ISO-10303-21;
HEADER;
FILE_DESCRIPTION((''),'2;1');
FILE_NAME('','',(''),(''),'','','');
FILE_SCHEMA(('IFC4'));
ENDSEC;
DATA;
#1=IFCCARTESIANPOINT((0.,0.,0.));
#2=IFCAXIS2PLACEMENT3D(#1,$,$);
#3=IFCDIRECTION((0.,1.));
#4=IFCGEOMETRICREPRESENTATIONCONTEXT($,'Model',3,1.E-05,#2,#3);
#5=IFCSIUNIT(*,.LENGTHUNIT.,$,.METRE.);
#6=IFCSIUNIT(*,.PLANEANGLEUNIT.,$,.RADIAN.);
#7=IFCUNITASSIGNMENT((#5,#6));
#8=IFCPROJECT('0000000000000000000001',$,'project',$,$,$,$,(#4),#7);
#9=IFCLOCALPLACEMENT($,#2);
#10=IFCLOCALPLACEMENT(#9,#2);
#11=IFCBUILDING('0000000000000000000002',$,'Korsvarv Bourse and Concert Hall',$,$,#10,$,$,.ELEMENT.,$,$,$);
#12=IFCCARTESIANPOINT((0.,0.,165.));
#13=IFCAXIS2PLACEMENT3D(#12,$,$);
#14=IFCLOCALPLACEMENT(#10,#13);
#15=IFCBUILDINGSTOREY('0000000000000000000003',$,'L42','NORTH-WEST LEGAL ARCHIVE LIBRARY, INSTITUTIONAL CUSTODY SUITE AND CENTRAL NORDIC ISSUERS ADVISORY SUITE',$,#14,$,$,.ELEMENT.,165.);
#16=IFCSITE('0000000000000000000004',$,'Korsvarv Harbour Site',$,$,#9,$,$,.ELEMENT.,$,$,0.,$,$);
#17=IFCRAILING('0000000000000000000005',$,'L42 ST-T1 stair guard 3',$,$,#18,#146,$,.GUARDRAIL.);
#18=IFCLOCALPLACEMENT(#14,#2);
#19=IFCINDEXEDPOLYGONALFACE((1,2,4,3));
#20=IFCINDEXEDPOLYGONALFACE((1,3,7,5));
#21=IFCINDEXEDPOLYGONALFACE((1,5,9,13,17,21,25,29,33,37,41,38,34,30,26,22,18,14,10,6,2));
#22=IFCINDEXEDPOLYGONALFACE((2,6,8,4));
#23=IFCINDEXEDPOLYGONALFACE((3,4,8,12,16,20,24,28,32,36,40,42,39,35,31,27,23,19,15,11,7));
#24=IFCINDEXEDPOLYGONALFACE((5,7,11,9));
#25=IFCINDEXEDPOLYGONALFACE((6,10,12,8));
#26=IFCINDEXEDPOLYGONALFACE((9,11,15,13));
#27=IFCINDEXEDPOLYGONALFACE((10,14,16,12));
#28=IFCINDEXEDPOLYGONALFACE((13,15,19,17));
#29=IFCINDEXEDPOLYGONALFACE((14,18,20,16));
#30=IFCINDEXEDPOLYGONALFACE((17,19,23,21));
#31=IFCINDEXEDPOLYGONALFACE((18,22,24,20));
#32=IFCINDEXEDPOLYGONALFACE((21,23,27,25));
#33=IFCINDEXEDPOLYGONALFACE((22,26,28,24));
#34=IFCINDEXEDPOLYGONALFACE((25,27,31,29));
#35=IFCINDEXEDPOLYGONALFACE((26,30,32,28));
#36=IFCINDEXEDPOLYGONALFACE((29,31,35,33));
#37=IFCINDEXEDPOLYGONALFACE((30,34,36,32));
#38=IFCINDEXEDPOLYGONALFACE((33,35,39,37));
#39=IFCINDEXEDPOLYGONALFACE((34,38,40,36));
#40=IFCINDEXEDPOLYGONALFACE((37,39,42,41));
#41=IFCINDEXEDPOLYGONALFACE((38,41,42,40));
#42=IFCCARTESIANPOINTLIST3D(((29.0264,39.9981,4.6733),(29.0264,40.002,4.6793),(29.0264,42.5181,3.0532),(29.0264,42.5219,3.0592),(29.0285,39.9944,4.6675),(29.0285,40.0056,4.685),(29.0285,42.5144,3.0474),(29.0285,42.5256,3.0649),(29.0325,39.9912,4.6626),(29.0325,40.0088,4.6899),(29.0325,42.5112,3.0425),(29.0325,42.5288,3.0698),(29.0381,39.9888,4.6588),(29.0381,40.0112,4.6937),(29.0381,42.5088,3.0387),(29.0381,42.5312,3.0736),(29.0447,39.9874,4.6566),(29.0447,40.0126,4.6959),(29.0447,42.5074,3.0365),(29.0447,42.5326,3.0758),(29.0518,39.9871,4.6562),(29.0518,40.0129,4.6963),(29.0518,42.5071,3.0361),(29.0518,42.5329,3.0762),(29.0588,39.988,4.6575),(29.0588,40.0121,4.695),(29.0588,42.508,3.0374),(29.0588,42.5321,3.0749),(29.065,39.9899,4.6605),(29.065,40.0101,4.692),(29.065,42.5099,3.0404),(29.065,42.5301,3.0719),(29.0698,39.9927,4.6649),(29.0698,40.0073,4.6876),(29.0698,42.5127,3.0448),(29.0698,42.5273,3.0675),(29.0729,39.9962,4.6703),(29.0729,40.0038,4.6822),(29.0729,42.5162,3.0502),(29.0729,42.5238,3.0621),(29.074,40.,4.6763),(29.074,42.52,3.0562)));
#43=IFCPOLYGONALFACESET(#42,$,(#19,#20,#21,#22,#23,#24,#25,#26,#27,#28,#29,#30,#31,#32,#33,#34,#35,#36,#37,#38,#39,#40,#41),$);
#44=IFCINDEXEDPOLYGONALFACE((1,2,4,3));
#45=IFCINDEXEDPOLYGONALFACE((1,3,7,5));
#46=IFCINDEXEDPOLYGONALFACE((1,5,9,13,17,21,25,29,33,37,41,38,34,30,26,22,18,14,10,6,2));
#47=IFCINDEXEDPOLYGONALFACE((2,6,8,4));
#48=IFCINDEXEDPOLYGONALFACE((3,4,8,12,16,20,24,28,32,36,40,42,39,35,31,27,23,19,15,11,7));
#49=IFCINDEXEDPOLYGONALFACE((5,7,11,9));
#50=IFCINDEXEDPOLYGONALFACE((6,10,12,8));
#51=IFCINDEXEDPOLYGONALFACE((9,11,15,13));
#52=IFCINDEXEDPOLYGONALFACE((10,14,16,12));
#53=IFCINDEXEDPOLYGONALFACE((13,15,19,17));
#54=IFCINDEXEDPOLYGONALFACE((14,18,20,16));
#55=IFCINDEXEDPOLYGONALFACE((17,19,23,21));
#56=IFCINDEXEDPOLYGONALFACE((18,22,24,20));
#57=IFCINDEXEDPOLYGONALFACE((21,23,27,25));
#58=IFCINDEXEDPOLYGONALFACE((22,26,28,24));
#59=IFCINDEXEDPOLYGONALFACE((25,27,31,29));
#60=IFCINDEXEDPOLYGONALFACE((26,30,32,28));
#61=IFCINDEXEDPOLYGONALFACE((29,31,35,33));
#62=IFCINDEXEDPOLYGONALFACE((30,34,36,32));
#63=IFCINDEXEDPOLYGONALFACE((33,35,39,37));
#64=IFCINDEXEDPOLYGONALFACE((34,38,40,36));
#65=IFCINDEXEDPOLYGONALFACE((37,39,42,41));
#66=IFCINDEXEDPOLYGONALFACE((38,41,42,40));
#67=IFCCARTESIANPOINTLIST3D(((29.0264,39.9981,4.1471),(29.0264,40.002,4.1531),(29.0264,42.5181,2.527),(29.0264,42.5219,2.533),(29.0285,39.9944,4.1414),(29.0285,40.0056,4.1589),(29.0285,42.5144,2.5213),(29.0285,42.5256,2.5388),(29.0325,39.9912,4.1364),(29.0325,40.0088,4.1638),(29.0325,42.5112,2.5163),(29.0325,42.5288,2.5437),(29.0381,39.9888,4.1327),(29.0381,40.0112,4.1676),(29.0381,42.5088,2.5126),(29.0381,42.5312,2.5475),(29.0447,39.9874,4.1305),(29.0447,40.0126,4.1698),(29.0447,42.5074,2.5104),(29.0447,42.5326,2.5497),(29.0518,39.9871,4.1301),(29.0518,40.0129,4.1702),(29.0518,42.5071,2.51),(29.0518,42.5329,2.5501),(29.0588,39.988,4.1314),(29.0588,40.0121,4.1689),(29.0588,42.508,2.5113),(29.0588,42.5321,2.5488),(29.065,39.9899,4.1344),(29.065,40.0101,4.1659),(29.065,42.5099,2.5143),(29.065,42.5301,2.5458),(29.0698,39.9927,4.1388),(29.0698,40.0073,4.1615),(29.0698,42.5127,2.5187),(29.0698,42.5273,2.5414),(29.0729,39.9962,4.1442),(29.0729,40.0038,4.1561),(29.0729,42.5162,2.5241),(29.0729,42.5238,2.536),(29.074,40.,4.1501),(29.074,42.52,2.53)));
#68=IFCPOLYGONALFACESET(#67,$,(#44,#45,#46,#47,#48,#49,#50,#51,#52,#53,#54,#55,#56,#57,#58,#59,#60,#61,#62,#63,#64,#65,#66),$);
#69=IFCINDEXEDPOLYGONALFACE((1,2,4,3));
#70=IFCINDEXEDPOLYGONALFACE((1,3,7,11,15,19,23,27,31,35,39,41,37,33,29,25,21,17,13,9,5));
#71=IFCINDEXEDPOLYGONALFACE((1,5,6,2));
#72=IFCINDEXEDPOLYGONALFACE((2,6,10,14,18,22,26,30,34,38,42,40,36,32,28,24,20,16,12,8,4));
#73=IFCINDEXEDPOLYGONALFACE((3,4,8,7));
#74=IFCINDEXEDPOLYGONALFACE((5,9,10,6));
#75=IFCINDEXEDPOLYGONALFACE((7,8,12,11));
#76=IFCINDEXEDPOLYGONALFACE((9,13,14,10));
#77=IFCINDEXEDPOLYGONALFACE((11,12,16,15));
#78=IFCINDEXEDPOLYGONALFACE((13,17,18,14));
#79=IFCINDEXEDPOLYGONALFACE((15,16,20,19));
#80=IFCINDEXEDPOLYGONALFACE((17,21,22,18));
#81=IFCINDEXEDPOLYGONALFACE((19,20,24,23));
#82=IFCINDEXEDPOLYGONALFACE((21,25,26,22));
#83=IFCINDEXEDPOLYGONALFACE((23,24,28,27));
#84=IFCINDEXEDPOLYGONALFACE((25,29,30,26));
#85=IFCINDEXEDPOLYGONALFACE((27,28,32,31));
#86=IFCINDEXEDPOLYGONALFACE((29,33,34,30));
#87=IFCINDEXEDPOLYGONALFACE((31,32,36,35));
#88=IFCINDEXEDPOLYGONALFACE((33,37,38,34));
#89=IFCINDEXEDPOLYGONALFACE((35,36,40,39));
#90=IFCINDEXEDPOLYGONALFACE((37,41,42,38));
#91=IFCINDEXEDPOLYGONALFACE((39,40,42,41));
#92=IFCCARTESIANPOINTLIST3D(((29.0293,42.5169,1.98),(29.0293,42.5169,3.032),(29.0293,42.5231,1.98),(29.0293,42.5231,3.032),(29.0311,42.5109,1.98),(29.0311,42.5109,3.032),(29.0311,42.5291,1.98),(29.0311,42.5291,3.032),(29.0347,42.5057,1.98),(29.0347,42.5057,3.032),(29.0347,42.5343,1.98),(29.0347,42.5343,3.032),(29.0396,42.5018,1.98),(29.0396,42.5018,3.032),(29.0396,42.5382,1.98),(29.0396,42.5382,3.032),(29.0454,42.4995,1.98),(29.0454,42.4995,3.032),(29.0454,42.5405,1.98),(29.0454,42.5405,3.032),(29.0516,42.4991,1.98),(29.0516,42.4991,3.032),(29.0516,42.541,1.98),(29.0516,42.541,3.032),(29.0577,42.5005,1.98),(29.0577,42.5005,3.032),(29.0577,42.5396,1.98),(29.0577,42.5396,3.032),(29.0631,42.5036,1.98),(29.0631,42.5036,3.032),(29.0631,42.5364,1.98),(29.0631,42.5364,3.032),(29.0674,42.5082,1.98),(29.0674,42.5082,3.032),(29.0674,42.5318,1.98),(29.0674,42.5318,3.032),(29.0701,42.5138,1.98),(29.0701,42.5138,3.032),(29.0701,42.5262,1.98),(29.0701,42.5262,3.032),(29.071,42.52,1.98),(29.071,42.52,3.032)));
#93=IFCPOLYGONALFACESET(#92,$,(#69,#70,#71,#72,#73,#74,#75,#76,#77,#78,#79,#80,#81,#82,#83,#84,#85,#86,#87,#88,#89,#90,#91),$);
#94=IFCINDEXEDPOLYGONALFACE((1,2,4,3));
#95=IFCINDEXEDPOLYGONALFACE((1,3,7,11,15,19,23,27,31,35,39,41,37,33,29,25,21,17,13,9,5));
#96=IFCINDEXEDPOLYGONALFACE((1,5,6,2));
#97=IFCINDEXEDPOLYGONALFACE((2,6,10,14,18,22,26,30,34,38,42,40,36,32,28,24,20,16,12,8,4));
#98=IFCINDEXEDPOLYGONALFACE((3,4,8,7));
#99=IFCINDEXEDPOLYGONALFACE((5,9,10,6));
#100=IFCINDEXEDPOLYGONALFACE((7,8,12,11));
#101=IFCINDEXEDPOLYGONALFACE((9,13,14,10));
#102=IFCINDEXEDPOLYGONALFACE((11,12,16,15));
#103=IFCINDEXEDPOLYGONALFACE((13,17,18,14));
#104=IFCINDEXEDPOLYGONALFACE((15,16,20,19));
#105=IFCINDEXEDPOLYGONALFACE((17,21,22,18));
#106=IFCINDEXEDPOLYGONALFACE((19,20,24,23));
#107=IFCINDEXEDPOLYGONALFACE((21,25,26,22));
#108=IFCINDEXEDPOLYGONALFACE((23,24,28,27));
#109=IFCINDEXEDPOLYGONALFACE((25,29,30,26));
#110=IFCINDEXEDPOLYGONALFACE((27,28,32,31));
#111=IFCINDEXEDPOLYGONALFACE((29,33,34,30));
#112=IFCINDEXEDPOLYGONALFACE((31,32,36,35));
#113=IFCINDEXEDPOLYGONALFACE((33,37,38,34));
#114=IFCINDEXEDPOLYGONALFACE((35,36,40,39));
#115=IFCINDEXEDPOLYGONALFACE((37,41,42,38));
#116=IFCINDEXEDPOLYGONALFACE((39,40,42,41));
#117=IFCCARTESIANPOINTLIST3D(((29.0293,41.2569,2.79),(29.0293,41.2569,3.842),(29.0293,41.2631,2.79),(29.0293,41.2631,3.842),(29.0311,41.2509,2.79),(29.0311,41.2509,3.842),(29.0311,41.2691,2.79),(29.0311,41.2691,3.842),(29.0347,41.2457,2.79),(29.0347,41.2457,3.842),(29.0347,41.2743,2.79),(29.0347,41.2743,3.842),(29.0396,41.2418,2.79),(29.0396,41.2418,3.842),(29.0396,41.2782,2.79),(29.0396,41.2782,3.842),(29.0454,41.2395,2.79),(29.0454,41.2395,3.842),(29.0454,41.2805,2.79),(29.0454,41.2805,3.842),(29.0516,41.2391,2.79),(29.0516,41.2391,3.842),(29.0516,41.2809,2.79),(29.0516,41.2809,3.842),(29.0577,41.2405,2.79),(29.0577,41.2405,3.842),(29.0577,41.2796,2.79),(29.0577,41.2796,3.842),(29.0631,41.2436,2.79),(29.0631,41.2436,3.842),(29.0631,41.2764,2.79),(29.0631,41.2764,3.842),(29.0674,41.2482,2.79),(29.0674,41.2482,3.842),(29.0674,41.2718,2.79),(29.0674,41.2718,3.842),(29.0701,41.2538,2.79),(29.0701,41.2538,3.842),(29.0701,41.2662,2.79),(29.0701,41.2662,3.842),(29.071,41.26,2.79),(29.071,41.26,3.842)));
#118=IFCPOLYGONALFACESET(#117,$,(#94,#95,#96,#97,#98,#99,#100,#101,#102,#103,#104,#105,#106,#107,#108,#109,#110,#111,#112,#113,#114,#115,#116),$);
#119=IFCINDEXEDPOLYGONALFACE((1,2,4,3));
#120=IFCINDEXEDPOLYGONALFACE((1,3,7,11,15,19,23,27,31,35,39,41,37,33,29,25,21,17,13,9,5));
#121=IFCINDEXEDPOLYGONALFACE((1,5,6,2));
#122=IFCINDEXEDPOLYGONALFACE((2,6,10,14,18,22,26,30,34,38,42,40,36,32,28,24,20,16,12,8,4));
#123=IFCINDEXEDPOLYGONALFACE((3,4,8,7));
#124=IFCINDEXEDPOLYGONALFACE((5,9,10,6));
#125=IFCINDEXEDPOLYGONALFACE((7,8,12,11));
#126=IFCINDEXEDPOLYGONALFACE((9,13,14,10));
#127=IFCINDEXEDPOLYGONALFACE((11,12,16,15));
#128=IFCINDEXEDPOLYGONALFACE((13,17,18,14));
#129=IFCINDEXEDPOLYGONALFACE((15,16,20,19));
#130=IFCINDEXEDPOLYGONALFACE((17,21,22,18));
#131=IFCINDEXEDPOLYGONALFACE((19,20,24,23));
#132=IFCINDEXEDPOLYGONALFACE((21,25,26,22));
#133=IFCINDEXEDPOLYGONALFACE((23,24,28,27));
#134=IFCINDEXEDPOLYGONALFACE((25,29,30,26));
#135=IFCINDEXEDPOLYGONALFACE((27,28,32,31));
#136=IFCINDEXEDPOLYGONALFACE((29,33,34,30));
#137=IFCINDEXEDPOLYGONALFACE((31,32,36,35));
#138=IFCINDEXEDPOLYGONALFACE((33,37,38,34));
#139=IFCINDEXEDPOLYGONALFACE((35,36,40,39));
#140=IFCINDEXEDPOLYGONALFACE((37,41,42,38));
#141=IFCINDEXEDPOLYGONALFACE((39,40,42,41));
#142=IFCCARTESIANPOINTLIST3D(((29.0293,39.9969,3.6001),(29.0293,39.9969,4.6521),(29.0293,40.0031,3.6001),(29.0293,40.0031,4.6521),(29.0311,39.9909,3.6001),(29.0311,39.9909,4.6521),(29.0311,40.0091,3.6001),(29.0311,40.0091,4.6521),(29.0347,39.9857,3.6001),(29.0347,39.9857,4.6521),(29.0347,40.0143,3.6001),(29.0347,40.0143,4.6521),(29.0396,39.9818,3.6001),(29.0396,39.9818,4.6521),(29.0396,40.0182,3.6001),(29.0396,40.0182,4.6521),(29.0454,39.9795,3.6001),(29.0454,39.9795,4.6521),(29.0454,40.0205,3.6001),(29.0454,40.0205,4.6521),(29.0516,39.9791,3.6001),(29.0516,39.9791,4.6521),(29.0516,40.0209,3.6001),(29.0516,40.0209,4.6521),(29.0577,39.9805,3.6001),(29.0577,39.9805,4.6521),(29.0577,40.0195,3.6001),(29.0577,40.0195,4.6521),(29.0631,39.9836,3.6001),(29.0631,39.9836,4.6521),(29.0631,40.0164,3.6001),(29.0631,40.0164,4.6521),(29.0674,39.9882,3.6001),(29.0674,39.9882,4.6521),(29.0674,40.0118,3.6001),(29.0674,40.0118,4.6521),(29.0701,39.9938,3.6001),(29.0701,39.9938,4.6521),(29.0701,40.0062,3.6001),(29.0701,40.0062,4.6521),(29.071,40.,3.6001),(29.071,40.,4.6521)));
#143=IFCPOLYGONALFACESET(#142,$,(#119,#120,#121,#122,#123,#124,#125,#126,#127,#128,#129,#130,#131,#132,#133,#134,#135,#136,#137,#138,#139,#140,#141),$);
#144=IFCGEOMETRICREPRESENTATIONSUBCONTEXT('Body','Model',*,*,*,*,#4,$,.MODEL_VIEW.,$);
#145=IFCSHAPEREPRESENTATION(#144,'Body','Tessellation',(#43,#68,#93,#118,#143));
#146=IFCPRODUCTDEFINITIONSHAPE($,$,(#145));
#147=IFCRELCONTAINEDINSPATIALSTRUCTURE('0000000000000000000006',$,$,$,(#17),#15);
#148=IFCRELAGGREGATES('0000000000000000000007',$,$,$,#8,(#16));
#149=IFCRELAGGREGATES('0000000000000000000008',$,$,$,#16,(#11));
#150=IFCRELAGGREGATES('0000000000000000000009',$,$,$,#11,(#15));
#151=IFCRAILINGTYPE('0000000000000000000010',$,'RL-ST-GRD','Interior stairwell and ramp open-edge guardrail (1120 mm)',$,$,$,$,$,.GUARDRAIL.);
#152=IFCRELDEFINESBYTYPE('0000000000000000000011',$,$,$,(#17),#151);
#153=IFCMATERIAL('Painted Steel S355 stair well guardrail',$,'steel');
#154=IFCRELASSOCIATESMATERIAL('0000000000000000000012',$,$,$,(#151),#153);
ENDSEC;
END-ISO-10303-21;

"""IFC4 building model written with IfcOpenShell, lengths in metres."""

from ifc_helpers import new_model, si_unit, direction, frame, origin, origin_2d, place, context, subcontext, project, spatial, circle, extrude, material, type_object, element, save


model = new_model("IFC4")

# Units and contexts
model_context = context("Model", 3, precision=1e-05, world=origin(), true_north=direction((0.0, 1.0)))
body_context = subcontext(model_context, "Body", "Model", "MODEL_VIEW")
ifc_project = project(units=[si_unit("LENGTHUNIT", "METRE"), si_unit("PLANEANGLEUNIT", "RADIAN")], contexts=[model_context])

# Site, building, storey
site_placement = place(None, origin())
site = spatial("IfcSite", under=ifc_project, at=site_placement, Name="Korsvarv Harbour Site", CompositionType="ELEMENT", RefElevation=0.0)
building_placement = place(site_placement, origin())
building = spatial("IfcBuilding", under=site, at=building_placement, Name="Korsvarv Bourse and Concert Hall", CompositionType="ELEMENT")
storey_placement = place(building_placement, frame((0.0, 0.0, 165.0)))
storey = spatial("IfcBuildingStorey", under=building, at=storey_placement, Name="L42", Description="NORTH-WEST LEGAL ARCHIVE LIBRARY, INSTITUTIONAL CUSTODY SUITE AND CENTRAL NORDIC ISSUERS ADVISORY SUITE", CompositionType="ELEMENT", Elevation=165.0)

# Railing
ifc_material_1 = material(Name="Painted Steel S355 stair well guardrail", Category="steel")
railing_type_1 = type_object("IfcRailingType", Name="RL-ST-GRD", Description="Interior stairwell and ramp open-edge guardrail (1120 mm)", PredefinedType="GUARDRAIL", material=ifc_material_1)
railing_1_placement = place(storey_placement, frame((29.05, 42.52, 1.98)))
element("IfcRailing", 1, at=railing_1_placement, inside=storey, type_object=railing_type_1, Name="L42 ST-T1 stair guard 3", PredefinedType="GUARDRAIL", context=body_context, shape_type="SweptSolid", body=[
    extrude(circle(Radius=0.0239, at=origin_2d()), frame((0.0, 0.0, 1.0762), z_axis=(0.0, -0.841163, 0.540782), x_axis=(1.0, 0.0, 0.0)), (0.0, 0.0, 1.0), 2.9958),
    extrude(circle(Radius=0.0239, at=origin_2d()), frame((0.0, 0.0, 0.55), z_axis=(0.0, -0.841163, 0.540782), x_axis=(1.0, 0.0, 0.0)), (0.0, 0.0, 1.0), 2.9958),
    extrude(circle(Radius=0.021, at=origin_2d()), origin(), (0.0, 0.0, 1.0), 1.052),
    extrude(circle(Radius=0.021, at=origin_2d()), frame((0.0, -1.26, 0.8101)), (0.0, 0.0, 1.0), 1.052),
    extrude(circle(Radius=0.021, at=origin_2d()), frame((0.0, -2.52, 1.6201)), (0.0, 0.0, 1.0), 1.052),
])

save(model, "model.ifc")
